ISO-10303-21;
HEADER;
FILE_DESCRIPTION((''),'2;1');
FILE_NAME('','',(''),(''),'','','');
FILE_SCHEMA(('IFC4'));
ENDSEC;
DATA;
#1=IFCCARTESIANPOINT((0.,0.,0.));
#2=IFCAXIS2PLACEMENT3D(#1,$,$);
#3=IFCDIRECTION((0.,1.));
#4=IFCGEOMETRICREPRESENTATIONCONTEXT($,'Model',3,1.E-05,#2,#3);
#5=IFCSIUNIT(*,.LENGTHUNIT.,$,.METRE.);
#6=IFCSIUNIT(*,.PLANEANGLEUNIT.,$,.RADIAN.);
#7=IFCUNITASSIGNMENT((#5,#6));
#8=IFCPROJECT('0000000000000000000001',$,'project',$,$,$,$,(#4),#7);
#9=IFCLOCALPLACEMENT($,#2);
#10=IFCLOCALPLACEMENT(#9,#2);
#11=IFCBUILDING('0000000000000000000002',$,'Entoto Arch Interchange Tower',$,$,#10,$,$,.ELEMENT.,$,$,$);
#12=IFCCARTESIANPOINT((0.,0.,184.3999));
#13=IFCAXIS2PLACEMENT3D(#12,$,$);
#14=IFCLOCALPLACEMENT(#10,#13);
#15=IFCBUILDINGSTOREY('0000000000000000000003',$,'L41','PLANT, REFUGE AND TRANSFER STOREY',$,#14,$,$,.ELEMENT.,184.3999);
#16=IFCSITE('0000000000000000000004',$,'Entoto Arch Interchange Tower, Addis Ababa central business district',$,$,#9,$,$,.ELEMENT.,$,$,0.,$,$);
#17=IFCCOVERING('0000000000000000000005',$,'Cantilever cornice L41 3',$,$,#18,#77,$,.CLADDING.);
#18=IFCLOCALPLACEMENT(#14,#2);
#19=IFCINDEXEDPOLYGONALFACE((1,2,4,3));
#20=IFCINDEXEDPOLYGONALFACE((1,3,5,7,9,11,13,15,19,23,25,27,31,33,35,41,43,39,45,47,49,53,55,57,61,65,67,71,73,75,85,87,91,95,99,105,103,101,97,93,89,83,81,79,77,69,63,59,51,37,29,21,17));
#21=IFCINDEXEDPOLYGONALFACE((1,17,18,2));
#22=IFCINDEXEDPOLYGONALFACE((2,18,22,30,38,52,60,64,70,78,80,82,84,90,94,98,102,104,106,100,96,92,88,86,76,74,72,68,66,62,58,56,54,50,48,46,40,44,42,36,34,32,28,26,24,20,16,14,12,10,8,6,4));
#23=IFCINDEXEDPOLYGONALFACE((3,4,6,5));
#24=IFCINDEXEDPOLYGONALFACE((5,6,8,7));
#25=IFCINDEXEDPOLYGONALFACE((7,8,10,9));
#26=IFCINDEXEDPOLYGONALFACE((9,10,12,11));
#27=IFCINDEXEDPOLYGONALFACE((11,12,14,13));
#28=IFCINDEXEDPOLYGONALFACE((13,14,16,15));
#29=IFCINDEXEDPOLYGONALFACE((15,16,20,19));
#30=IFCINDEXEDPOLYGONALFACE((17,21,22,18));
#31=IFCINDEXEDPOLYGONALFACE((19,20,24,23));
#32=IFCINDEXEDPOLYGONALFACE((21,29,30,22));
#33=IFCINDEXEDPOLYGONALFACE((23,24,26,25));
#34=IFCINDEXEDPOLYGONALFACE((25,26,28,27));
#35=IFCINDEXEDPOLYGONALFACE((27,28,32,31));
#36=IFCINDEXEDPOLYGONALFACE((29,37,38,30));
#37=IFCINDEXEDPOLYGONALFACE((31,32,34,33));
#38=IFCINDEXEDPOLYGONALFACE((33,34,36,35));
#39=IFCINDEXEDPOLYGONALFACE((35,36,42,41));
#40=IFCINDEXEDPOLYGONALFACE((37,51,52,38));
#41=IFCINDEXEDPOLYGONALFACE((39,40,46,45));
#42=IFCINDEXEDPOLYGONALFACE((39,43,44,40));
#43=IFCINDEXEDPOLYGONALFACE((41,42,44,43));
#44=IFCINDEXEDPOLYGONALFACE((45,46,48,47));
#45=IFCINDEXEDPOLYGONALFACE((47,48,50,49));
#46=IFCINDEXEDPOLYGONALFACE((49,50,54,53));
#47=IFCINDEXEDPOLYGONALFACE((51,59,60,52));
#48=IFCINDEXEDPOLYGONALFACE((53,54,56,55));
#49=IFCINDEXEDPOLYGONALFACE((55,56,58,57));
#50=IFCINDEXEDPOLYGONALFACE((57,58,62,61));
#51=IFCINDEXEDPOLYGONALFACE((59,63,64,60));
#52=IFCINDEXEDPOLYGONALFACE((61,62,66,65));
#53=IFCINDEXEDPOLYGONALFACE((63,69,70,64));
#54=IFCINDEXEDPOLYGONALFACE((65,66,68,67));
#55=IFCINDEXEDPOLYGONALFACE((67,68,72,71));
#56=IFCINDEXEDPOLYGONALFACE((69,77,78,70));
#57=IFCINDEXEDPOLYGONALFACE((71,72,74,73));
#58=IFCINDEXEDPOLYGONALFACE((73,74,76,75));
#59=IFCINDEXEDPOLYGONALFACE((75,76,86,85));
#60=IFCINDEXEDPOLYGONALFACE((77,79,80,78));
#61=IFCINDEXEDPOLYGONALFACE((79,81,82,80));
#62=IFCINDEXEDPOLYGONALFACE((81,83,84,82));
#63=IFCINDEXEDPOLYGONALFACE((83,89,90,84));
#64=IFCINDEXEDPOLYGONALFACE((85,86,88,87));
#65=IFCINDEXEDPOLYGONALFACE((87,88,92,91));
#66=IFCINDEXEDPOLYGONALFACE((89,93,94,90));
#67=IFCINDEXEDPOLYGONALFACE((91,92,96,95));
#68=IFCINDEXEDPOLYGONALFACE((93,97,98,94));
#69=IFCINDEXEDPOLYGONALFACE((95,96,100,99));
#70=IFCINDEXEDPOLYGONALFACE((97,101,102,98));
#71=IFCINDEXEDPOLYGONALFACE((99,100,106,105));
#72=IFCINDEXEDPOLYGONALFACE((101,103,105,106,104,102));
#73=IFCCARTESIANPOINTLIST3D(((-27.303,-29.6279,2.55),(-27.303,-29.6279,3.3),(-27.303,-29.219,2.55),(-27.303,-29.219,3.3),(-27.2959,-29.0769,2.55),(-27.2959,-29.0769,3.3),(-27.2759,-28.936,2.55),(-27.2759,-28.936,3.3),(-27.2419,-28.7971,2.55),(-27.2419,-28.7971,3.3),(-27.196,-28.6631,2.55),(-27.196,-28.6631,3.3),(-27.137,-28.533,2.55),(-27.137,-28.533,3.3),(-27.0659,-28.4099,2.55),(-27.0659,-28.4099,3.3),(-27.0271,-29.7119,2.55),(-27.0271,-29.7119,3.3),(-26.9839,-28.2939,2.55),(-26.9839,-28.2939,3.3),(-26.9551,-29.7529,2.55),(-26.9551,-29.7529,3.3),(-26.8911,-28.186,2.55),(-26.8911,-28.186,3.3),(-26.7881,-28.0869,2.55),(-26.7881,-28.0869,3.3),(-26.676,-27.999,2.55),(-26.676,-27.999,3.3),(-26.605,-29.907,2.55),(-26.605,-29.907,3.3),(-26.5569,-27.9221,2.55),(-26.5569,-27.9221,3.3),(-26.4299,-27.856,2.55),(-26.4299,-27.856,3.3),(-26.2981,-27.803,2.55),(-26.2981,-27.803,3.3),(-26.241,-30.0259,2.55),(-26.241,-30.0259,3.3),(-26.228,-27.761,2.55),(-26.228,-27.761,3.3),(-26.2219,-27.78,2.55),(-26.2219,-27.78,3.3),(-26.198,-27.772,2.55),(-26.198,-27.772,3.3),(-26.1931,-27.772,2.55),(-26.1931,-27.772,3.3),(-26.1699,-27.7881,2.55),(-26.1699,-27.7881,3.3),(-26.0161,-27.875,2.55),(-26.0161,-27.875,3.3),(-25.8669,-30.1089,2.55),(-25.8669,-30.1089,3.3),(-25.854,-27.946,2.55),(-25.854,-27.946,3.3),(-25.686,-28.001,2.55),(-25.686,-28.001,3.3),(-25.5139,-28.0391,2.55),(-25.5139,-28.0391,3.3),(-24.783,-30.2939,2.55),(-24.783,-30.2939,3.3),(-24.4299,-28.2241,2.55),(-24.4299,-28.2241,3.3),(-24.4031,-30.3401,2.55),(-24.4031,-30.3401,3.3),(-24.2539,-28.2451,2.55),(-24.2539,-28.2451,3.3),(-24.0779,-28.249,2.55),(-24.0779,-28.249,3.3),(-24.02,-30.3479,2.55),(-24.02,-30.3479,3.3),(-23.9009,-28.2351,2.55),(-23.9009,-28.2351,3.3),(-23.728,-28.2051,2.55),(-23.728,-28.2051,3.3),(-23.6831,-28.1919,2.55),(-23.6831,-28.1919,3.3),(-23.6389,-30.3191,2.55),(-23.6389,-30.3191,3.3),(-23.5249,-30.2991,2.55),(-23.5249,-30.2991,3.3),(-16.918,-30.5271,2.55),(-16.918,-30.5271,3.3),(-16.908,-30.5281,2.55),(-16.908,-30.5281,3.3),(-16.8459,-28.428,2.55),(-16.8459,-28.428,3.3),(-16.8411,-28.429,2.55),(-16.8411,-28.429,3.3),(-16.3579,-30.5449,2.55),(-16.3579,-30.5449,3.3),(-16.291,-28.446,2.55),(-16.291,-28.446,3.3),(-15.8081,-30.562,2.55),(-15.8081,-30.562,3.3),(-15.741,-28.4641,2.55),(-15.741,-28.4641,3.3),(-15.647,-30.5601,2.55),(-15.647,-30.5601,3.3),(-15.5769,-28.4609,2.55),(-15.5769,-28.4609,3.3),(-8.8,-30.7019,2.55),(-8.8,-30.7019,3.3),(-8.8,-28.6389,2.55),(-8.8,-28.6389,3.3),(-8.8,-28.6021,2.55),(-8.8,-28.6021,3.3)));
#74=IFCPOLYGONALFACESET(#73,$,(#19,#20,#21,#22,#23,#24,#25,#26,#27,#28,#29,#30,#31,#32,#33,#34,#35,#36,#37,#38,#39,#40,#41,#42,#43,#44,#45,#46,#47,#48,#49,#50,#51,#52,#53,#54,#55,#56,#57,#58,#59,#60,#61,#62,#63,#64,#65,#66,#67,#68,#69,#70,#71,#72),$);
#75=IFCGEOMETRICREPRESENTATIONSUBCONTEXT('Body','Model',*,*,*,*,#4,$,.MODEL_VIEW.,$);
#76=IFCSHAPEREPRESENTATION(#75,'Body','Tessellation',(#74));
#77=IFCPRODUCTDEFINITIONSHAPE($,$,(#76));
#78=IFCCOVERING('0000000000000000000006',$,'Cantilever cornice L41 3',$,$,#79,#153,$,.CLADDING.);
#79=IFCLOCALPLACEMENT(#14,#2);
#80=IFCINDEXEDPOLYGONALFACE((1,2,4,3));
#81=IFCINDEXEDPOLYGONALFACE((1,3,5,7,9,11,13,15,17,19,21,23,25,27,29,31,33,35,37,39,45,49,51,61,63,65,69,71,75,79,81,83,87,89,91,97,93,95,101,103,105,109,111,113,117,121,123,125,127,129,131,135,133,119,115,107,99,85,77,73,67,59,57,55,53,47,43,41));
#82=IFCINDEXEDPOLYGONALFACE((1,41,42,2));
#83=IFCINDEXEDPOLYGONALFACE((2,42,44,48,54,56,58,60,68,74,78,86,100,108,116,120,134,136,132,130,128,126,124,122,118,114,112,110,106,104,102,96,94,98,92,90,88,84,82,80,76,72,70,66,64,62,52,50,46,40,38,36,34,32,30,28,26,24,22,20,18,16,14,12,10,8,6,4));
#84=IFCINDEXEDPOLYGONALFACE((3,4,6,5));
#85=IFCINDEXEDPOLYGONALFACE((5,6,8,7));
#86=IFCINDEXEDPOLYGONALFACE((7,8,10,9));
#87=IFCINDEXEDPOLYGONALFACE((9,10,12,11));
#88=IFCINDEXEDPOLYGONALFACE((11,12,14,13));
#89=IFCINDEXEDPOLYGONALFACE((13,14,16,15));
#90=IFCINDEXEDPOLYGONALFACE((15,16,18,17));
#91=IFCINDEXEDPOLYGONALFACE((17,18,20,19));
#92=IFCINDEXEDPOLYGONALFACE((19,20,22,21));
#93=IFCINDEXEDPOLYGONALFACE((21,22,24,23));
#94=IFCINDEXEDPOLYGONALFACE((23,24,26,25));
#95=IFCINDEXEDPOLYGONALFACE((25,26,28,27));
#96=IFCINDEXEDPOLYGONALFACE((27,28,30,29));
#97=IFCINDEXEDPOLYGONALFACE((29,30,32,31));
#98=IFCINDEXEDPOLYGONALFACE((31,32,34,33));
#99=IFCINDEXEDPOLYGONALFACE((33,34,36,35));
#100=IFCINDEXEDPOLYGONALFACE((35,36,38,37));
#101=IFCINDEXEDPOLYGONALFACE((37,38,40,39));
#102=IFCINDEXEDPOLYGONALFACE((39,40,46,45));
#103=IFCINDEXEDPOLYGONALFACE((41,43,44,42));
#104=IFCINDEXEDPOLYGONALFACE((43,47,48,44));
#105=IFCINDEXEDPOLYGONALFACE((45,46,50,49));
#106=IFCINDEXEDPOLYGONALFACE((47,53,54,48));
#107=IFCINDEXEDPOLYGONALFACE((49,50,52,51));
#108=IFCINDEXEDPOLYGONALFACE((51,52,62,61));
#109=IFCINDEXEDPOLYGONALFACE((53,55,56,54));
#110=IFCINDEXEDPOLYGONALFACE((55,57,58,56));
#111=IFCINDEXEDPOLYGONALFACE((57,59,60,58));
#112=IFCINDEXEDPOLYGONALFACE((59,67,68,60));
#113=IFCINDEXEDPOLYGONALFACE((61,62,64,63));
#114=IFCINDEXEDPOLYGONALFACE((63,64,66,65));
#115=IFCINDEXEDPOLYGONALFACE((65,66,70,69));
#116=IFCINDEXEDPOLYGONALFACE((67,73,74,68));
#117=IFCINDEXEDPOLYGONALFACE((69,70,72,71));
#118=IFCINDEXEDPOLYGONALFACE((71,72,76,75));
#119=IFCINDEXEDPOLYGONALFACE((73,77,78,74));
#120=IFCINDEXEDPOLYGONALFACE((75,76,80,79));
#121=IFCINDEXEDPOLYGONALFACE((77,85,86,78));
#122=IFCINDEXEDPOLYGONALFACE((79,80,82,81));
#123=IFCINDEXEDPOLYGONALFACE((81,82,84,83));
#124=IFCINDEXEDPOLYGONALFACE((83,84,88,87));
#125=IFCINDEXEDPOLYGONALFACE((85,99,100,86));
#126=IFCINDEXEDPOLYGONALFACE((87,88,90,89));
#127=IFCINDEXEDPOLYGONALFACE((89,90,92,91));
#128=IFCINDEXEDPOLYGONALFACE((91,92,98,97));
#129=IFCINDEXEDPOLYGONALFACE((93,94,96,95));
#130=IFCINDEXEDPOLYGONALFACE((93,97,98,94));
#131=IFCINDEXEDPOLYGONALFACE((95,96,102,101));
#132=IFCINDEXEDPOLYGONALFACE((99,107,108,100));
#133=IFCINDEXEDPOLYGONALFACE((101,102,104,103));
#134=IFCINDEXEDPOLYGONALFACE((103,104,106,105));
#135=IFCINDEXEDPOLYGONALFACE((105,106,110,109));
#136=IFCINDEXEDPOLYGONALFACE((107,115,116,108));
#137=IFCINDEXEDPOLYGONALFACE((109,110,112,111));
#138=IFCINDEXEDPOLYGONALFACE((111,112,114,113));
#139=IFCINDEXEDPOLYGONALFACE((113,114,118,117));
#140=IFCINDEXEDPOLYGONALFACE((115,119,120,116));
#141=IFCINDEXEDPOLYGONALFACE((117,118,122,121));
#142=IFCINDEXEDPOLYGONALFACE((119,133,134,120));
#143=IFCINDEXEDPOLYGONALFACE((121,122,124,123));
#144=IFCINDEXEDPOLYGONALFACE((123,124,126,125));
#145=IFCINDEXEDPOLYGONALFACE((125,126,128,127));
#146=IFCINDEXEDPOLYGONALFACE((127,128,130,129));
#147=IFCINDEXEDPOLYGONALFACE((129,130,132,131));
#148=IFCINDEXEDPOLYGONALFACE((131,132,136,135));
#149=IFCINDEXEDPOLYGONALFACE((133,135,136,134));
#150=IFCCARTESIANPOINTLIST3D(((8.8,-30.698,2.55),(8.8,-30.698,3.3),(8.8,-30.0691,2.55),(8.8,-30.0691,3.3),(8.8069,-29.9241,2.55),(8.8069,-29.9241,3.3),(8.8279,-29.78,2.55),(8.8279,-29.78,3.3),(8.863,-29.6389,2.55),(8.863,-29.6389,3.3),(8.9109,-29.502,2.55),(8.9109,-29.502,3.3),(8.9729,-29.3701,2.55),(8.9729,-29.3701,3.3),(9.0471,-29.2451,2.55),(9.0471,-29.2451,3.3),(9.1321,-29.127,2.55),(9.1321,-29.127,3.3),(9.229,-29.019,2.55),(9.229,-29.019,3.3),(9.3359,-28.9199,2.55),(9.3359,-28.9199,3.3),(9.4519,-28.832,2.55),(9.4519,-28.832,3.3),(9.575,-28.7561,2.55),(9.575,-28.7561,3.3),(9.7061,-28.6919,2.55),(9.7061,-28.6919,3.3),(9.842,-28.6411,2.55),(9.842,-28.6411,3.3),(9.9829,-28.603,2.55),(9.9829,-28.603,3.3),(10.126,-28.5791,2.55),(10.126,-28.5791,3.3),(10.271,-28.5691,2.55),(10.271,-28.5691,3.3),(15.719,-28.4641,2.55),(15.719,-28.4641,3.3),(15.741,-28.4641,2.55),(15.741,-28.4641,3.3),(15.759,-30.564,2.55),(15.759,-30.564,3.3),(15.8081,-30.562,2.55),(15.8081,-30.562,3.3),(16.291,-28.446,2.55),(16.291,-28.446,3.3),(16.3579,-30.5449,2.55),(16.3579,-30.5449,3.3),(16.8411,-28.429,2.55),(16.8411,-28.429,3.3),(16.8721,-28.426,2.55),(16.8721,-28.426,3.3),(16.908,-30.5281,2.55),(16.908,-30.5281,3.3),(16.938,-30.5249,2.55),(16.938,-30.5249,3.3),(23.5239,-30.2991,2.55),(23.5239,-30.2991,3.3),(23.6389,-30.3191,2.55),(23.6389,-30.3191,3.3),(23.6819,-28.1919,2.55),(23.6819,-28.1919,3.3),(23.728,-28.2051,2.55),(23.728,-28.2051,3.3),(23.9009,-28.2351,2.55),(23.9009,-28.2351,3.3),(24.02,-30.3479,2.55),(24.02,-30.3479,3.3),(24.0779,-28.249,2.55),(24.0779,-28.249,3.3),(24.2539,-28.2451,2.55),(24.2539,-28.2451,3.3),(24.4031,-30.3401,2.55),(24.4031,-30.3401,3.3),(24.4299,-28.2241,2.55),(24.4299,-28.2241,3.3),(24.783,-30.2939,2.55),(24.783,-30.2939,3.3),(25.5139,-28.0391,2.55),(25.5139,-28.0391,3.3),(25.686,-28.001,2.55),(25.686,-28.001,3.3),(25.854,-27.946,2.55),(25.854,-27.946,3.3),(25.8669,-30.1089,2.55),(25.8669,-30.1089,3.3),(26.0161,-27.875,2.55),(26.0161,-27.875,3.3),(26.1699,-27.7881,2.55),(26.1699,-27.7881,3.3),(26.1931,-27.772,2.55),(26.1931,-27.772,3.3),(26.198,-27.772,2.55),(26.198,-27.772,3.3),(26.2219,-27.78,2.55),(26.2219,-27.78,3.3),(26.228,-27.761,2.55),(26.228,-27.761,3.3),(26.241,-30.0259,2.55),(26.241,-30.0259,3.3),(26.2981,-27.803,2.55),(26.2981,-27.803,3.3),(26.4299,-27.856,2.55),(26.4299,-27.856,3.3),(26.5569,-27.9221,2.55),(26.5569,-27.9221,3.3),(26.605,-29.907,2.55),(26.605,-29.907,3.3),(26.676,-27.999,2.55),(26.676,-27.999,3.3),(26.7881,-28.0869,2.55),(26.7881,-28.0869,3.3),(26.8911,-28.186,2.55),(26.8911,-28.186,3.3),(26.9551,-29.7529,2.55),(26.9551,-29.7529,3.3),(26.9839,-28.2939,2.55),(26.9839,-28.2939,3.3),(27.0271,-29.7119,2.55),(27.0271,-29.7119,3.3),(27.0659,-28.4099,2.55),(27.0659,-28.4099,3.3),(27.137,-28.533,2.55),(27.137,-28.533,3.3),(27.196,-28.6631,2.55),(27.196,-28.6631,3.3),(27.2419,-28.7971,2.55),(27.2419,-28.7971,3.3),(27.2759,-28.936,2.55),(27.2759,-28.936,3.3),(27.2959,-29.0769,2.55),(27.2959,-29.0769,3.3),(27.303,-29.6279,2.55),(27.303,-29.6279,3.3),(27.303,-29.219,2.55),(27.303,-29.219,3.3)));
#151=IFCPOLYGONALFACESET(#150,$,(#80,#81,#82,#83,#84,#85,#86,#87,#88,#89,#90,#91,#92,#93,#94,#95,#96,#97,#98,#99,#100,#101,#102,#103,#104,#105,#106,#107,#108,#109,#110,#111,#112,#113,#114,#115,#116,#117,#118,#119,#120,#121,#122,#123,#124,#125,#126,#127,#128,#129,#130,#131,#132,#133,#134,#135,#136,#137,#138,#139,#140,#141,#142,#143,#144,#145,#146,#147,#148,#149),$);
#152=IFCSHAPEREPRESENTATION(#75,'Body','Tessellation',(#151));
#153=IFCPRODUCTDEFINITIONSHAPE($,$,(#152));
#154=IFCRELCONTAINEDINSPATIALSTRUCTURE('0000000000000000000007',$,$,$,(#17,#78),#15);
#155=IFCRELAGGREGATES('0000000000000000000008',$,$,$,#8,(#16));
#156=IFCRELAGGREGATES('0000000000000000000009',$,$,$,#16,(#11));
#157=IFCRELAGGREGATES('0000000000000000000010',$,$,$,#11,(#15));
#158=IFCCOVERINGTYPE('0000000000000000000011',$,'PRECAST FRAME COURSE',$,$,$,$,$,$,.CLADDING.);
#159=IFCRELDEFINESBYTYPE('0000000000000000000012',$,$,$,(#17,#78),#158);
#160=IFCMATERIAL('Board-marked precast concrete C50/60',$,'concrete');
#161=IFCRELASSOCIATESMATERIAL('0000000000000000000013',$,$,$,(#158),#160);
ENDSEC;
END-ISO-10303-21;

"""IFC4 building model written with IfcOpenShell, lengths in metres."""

from ifc_helpers import new_model, si_unit, direction, frame, origin, place, context, subcontext, project, spatial, polyline, outline, extrude, material, type_object, element, save


model = new_model("IFC4")

# Units and contexts
model_context = context("Model", 3, precision=1e-05, world=origin(), true_north=direction((0.0, 1.0)))
body_context = subcontext(model_context, "Body", "Model", "MODEL_VIEW")
ifc_project = project(units=[si_unit("LENGTHUNIT", "METRE"), si_unit("PLANEANGLEUNIT", "RADIAN")], contexts=[model_context])

# Site, building, storey
site_placement = place(None, origin())
site = spatial("IfcSite", under=ifc_project, at=site_placement, Name="Entoto Arch Interchange Tower, Addis Ababa central business district", CompositionType="ELEMENT", RefElevation=0.0)
building_placement = place(site_placement, origin())
building = spatial("IfcBuilding", under=site, at=building_placement, Name="Entoto Arch Interchange Tower", CompositionType="ELEMENT")
storey_placement = place(building_placement, frame((0.0, 0.0, 184.3999)))
storey = spatial("IfcBuildingStorey", under=building, at=storey_placement, Name="L41", Description="PLANT, REFUGE AND TRANSFER STOREY", CompositionType="ELEMENT", Elevation=184.3999)

# Coverings
ifc_material_1 = material(Name="Board-marked precast concrete C50/60", Category="concrete")
covering_type_1 = type_object("IfcCoveringType", Name="PRECAST FRAME COURSE", PredefinedType="CLADDING", material=ifc_material_1)
covering_1_placement = place(storey_placement, frame((0.0, 0.0, 2.55)))
element("IfcCovering", 1, at=covering_1_placement, inside=storey, type_object=covering_type_1, Name="Cantilever cornice L41 3", PredefinedType="CLADDING", context=body_context, shape_type="SweptSolid", body=[
    extrude(outline(polyline([(-27.2959, -29.0769), (-27.2759, -28.936), (-27.2419, -28.7971), (-27.196, -28.6631), (-27.137, -28.533), (-27.0659, -28.4099), (-26.9839, -28.2939), (-26.8911, -28.186), (-26.7881, -28.0869), (-26.676, -27.999), (-26.5569, -27.9221), (-26.4299, -27.856), (-26.2981, -27.803), (-26.2219, -27.78), (-26.198, -27.772), (-26.228, -27.761), (-26.1931, -27.772), (-26.1699, -27.7881), (-26.0161, -27.875), (-25.854, -27.946), (-25.686, -28.001), (-25.5139, -28.0391), (-24.4299, -28.2241), (-24.2539, -28.2451), (-24.0779, -28.249), (-23.9009, -28.2351), (-23.728, -28.2051), (-23.6831, -28.1919), (-16.8459, -28.428), (-16.8411, -28.429), (-16.291, -28.446), (-15.741, -28.4641), (-15.5769, -28.4609), (-8.8, -28.6021), (-8.8, -28.6389), (-8.8, -30.7019), (-15.647, -30.5601), (-15.8081, -30.562), (-16.3579, -30.5449), (-16.908, -30.5281), (-16.918, -30.5271), (-23.5249, -30.2991), (-23.6389, -30.3191), (-24.02, -30.3479), (-24.4031, -30.3401), (-24.783, -30.2939), (-25.8669, -30.1089), (-26.241, -30.0259), (-26.605, -29.907), (-26.9551, -29.7529), (-27.0271, -29.7119), (-27.303, -29.6279), (-27.303, -29.219), (-27.2959, -29.0769)])), origin(), (0.0, 0.0, 1.0), 0.75),
])
covering_2_placement = place(storey_placement, frame((0.0, 0.0, 2.55)))
element("IfcCovering", 2, at=covering_2_placement, inside=storey, type_object=covering_type_1, Name="Cantilever cornice L41 3", PredefinedType="CLADDING", context=body_context, shape_type="SweptSolid", body=[
    extrude(outline(polyline([(26.4299, -27.856), (26.5569, -27.9221), (26.676, -27.999), (26.7881, -28.0869), (26.8911, -28.186), (26.9839, -28.2939), (27.0659, -28.4099), (27.137, -28.533), (27.196, -28.6631), (27.2419, -28.7971), (27.2759, -28.936), (27.2959, -29.0769), (27.303, -29.219), (27.303, -29.6279), (27.0271, -29.7119), (26.9551, -29.7529), (26.605, -29.907), (26.241, -30.0259), (25.8669, -30.1089), (24.783, -30.2939), (24.4031, -30.3401), (24.02, -30.3479), (23.6389, -30.3191), (23.5239, -30.2991), (16.938, -30.5249), (16.908, -30.5281), (16.3579, -30.5449), (15.8081, -30.562), (15.759, -30.564), (8.8, -30.698), (8.8, -30.0691), (8.8069, -29.9241), (8.8279, -29.78), (8.863, -29.6389), (8.9109, -29.502), (8.9729, -29.3701), (9.0471, -29.2451), (9.1321, -29.127), (9.229, -29.019), (9.3359, -28.9199), (9.4519, -28.832), (9.575, -28.7561), (9.7061, -28.6919), (9.842, -28.6411), (9.9829, -28.603), (10.126, -28.5791), (10.271, -28.5691), (15.719, -28.4641), (15.741, -28.4641), (16.291, -28.446), (16.8411, -28.429), (16.8721, -28.426), (23.6819, -28.1919), (23.728, -28.2051), (23.9009, -28.2351), (24.0779, -28.249), (24.2539, -28.2451), (24.4299, -28.2241), (25.5139, -28.0391), (25.686, -28.001), (25.854, -27.946), (26.0161, -27.875), (26.1699, -27.7881), (26.1931, -27.772), (26.228, -27.761), (26.198, -27.772), (26.2219, -27.78), (26.2981, -27.803), (26.4299, -27.856)])), origin(), (0.0, 0.0, 1.0), 0.75),
])

save(model, "model.ifc")
